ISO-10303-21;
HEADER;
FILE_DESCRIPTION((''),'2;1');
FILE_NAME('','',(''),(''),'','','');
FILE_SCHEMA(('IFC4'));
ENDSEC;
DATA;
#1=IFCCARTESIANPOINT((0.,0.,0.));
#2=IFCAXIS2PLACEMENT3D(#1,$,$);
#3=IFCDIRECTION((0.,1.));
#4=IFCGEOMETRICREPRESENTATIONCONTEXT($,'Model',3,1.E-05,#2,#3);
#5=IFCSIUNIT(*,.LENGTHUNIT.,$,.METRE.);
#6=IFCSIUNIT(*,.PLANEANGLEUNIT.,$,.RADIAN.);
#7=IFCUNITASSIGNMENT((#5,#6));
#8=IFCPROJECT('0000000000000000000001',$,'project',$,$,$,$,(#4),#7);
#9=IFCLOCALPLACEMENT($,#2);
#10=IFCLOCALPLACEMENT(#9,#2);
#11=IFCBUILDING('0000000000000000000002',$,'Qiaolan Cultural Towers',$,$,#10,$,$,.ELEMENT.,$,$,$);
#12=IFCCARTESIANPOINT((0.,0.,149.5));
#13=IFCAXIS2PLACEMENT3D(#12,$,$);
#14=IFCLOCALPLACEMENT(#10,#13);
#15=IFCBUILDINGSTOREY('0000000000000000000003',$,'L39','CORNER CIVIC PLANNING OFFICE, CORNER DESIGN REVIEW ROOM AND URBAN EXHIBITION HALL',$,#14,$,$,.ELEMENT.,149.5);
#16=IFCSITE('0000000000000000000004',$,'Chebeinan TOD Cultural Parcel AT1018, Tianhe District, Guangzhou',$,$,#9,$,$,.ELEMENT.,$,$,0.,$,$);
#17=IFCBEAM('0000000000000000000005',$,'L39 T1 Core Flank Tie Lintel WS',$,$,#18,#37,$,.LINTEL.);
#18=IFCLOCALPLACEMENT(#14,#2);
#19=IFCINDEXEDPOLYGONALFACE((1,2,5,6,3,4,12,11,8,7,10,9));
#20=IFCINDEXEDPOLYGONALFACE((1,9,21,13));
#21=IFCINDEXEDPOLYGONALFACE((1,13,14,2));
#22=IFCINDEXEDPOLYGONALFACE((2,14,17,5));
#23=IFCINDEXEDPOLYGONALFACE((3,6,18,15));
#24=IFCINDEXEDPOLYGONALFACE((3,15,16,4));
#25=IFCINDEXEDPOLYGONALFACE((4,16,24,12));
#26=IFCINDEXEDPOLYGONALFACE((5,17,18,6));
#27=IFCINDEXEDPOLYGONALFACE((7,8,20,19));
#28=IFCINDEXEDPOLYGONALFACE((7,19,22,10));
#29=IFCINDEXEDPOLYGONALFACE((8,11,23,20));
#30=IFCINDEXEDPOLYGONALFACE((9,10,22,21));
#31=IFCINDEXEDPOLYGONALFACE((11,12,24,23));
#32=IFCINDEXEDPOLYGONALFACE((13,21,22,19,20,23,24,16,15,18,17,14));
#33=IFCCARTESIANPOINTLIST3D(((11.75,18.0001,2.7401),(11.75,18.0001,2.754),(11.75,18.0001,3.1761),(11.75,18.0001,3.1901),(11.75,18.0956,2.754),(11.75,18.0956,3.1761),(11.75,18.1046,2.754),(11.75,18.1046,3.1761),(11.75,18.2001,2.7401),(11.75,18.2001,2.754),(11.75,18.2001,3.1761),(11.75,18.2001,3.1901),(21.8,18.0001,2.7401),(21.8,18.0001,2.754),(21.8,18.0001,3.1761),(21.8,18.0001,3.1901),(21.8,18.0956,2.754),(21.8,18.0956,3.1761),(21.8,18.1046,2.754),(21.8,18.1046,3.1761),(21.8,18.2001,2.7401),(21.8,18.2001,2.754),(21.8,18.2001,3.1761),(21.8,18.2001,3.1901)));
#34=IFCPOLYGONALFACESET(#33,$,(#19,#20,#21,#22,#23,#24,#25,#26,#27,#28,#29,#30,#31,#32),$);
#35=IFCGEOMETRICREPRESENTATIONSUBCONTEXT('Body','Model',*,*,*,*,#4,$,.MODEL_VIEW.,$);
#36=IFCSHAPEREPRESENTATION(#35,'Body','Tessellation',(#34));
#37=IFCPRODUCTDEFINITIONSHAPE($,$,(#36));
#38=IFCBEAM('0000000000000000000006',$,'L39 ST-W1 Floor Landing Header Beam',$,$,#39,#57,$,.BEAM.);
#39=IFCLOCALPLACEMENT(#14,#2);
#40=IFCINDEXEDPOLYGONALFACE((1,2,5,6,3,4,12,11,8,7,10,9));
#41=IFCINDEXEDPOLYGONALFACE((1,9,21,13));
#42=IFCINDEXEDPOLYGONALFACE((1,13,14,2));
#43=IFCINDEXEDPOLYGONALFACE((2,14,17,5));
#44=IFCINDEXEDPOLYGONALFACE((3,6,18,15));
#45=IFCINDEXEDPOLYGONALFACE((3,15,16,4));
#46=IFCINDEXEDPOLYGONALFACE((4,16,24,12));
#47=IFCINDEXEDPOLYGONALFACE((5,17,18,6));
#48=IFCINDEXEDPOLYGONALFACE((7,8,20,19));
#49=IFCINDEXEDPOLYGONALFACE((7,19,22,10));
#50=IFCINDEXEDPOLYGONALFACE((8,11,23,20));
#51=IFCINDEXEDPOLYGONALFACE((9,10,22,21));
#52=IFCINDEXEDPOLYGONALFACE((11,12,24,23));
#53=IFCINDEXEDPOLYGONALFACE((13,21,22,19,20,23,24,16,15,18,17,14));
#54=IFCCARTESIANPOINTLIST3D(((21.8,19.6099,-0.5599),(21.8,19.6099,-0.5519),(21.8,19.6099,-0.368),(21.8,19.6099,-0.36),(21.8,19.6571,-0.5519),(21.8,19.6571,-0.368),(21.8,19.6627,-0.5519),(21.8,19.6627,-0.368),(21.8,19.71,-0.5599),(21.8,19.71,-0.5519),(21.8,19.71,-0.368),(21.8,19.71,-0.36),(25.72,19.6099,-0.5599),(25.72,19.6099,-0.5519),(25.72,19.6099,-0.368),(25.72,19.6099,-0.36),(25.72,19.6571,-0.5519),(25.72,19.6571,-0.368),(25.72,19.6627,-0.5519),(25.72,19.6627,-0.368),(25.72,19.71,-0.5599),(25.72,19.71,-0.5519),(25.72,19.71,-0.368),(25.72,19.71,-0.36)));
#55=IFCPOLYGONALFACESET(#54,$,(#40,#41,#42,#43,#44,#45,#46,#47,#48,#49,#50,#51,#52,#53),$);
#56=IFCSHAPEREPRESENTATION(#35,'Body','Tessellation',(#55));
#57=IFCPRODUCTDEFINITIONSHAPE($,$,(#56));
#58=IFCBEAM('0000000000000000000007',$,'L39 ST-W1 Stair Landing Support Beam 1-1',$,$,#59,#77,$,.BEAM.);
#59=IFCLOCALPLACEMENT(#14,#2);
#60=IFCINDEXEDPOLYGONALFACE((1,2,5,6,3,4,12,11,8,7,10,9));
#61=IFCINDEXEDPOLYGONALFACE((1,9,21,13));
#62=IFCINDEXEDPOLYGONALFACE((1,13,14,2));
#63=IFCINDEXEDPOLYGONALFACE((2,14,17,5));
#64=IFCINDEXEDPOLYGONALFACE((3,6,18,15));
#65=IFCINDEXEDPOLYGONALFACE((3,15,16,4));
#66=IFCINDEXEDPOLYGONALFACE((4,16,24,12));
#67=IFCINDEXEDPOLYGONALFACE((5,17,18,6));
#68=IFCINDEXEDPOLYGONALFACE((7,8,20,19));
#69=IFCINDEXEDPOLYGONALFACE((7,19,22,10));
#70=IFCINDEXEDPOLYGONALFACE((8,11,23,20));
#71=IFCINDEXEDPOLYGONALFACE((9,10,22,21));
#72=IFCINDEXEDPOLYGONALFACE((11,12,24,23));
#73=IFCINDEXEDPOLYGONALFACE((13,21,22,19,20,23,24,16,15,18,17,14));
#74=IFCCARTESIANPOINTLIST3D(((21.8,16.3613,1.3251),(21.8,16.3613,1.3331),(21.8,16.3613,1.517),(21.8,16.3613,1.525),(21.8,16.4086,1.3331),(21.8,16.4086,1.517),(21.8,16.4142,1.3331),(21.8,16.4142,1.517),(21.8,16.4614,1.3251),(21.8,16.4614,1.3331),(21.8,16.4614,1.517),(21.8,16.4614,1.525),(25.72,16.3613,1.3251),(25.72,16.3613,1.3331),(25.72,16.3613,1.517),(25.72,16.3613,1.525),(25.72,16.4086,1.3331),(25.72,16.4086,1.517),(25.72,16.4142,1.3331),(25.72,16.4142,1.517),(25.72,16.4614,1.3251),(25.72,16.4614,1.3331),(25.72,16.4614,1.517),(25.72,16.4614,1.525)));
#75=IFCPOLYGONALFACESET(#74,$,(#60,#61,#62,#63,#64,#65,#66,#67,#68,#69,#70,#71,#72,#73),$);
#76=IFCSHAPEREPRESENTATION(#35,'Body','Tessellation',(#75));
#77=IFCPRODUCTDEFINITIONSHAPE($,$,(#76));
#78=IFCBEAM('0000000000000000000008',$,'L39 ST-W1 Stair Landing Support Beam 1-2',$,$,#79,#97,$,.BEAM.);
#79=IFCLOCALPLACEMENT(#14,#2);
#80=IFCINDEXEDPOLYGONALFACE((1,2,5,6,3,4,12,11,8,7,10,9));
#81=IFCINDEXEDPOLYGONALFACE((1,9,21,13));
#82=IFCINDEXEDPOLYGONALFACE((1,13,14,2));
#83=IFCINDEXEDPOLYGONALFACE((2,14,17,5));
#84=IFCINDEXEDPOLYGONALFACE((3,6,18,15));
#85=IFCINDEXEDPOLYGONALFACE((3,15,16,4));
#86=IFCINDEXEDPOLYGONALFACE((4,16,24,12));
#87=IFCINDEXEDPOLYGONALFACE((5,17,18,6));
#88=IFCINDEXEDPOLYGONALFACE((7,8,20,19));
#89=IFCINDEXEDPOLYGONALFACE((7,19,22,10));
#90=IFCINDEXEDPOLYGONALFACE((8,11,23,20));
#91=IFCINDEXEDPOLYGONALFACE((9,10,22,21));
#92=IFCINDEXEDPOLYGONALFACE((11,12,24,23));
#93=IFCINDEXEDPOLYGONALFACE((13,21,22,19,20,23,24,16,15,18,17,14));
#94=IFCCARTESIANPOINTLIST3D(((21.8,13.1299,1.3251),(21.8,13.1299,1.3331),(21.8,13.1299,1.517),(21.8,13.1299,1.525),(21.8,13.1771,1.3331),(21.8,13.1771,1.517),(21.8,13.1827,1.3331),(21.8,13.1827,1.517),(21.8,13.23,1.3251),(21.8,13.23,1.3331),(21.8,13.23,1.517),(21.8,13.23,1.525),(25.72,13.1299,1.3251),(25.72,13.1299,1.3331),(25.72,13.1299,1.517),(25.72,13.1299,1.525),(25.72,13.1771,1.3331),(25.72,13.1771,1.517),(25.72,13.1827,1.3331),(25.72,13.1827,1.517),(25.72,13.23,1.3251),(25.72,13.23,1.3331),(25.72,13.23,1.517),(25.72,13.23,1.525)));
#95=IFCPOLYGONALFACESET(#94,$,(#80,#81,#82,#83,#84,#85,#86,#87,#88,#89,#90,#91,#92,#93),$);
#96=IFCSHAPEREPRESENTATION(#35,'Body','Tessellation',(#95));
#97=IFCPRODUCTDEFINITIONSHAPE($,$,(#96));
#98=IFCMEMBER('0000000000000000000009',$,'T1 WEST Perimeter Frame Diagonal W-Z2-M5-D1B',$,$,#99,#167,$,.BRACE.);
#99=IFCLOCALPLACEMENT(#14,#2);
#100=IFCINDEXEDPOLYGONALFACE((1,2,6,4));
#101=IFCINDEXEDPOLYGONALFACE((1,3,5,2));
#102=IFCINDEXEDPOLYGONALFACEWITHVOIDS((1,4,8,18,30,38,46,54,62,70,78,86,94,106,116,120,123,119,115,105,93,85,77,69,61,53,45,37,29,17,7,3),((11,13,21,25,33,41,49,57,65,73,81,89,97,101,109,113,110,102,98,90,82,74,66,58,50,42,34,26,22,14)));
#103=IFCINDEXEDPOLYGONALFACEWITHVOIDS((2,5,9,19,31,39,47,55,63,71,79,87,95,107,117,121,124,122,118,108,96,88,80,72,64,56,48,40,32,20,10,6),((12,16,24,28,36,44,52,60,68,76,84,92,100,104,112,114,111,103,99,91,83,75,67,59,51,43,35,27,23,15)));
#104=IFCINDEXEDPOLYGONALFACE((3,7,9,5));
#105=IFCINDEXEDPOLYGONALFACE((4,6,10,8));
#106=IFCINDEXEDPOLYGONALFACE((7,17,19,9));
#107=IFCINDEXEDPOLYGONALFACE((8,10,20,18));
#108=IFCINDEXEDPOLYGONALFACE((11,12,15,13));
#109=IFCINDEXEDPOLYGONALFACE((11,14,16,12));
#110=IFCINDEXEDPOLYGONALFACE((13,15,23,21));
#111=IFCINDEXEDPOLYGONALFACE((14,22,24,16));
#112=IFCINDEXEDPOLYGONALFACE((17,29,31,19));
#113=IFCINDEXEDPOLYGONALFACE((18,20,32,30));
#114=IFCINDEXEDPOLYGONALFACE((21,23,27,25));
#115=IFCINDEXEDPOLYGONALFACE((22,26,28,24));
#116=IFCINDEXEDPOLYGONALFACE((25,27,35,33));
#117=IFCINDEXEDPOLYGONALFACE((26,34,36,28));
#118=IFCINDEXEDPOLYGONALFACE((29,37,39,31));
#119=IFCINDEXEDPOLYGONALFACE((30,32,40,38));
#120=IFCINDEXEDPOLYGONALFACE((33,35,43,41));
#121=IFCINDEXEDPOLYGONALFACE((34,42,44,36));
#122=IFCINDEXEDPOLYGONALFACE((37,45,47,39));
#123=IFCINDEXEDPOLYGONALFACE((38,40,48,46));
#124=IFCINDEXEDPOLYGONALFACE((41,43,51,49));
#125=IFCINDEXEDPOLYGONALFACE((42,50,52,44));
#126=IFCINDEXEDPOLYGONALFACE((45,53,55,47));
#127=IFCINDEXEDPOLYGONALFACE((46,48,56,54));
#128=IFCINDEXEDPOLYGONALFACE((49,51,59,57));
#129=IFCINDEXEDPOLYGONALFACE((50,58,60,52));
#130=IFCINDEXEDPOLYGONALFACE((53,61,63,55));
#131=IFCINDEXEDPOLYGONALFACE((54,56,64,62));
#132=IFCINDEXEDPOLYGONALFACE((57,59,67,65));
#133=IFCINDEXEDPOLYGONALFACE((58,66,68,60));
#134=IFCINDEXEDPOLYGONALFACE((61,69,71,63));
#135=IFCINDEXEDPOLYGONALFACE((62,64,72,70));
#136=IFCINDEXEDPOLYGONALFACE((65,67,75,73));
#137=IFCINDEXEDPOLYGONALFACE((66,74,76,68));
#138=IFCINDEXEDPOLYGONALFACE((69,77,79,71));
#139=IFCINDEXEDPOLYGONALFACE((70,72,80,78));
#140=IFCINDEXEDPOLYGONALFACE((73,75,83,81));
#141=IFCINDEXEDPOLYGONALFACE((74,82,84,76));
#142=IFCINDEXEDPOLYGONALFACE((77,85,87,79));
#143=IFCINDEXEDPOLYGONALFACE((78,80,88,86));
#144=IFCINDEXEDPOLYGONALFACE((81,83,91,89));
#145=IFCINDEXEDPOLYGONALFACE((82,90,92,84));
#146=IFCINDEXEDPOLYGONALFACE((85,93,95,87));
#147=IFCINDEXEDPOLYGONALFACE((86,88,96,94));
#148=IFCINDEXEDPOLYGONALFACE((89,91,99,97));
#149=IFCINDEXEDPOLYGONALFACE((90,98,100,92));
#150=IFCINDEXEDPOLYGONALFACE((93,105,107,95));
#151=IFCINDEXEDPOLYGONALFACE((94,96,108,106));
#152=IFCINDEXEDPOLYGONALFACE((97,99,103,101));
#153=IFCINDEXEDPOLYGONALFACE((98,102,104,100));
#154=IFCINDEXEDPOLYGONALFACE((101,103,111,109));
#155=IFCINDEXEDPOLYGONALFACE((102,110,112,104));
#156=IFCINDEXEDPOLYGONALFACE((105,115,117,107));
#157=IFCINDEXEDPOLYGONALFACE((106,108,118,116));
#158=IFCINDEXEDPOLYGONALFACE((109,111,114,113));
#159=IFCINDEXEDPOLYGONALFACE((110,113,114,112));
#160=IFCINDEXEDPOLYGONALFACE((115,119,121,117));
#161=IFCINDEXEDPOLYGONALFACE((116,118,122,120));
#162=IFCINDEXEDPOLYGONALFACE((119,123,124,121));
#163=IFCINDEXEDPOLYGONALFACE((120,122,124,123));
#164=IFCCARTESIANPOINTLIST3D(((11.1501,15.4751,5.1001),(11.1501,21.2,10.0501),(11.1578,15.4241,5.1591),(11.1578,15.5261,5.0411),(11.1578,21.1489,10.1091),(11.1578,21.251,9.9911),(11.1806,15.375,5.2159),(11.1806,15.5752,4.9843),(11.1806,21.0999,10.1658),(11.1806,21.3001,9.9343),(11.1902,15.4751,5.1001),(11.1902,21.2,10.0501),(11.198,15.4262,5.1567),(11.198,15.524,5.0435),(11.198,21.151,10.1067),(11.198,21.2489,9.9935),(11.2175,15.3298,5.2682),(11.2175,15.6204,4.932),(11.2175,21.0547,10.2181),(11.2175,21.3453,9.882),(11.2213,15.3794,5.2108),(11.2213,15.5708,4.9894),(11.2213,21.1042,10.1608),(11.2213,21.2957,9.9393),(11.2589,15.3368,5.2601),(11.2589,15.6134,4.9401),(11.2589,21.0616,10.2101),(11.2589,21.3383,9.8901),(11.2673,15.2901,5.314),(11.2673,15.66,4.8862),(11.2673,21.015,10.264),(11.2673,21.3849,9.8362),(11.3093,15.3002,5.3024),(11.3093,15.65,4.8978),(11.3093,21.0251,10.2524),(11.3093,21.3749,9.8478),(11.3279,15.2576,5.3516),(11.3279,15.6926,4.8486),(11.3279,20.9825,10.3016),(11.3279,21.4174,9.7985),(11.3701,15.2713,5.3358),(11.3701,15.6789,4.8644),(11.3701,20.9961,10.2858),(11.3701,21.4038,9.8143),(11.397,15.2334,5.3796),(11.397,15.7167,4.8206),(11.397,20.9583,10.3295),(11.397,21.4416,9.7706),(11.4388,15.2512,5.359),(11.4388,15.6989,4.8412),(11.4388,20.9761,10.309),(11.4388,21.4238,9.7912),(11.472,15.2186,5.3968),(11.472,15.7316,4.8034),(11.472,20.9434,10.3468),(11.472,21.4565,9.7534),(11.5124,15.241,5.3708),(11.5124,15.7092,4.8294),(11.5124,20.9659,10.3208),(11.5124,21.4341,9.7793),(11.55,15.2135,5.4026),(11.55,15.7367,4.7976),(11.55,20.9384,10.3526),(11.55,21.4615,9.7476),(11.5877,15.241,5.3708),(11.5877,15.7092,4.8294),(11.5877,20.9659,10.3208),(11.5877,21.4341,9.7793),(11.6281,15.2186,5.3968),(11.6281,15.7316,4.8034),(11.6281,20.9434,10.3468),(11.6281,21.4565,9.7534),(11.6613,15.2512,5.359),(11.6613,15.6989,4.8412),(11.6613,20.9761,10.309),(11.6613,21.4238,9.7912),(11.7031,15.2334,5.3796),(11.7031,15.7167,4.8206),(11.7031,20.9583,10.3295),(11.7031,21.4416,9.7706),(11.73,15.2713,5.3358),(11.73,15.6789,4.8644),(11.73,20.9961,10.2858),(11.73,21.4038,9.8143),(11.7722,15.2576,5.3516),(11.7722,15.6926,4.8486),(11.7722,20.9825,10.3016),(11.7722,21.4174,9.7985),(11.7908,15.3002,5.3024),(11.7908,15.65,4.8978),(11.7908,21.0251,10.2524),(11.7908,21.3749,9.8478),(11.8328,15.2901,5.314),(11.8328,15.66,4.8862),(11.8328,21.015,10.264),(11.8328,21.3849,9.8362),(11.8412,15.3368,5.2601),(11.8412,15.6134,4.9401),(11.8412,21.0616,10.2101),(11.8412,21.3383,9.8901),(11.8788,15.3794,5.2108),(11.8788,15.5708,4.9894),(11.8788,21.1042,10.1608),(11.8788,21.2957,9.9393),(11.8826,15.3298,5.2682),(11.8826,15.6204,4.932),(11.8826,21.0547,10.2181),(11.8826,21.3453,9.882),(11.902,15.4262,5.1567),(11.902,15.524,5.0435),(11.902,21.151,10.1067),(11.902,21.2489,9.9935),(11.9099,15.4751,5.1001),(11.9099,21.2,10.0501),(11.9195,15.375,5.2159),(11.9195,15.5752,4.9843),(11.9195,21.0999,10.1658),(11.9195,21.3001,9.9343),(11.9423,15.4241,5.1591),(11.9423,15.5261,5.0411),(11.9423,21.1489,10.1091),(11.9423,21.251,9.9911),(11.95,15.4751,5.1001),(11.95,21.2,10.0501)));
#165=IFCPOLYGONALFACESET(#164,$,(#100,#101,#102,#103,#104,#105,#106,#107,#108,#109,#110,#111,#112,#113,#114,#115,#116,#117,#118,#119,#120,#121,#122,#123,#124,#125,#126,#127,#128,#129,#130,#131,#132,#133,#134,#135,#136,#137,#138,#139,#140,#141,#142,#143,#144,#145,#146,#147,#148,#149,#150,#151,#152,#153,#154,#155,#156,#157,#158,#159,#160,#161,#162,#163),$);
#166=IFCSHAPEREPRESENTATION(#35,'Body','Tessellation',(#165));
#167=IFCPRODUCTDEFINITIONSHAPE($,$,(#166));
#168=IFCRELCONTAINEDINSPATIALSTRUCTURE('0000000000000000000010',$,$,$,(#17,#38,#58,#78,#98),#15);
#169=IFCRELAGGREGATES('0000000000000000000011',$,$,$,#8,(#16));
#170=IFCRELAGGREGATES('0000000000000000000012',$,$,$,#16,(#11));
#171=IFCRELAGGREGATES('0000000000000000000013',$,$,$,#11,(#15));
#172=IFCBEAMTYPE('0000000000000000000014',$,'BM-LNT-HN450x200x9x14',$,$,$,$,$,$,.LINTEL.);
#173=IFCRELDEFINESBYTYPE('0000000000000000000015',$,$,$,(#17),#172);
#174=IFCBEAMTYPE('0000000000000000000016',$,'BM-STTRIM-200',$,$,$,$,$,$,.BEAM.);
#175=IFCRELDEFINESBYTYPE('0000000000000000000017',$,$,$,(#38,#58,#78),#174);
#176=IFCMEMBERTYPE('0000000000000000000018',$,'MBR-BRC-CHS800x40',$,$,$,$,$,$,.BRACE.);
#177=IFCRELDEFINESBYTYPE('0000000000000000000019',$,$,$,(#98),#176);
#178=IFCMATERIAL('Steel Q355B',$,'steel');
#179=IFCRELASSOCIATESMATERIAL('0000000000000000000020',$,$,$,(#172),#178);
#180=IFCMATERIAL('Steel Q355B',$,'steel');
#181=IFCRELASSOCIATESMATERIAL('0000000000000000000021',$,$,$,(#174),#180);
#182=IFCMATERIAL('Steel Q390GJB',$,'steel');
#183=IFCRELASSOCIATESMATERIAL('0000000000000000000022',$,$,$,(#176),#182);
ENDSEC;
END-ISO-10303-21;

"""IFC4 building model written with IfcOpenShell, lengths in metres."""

from ifc_helpers import new_model, si_unit, direction, frame, origin, origin_2d, place, context, subcontext, project, spatial, hollow_circle, i_section, extrude, material, material_profile, profile_set, type_object, element, save


model = new_model("IFC4")

# Units and contexts
model_context = context("Model", 3, precision=1e-05, world=origin(), true_north=direction((0.0, 1.0)))
body_context = subcontext(model_context, "Body", "Model", "MODEL_VIEW")
ifc_project = project(units=[si_unit("LENGTHUNIT", "METRE"), si_unit("PLANEANGLEUNIT", "RADIAN")], contexts=[model_context])

# Site, building, storey
site_placement = place(None, origin())
site = spatial("IfcSite", under=ifc_project, at=site_placement, Name="Chebeinan TOD Cultural Parcel AT1018, Tianhe District, Guangzhou", CompositionType="ELEMENT", RefElevation=0.0)
building_placement = place(site_placement, origin())
building = spatial("IfcBuilding", under=site, at=building_placement, Name="Qiaolan Cultural Towers", CompositionType="ELEMENT")
storey_placement = place(building_placement, frame((0.0, 0.0, 149.5)))
storey = spatial("IfcBuildingStorey", under=building, at=storey_placement, Name="L39", Description="CORNER CIVIC PLANNING OFFICE, CORNER DESIGN REVIEW ROOM AND URBAN EXHIBITION HALL", CompositionType="ELEMENT", Elevation=149.5)

# Beams
ifc_material_1 = material(Name="Steel Q355B", Category="steel")
ifc_material_profile_1 = material_profile(ifc_material_1, i_section(OverallWidth=0.2, OverallDepth=0.45, WebThickness=0.009, FlangeThickness=0.0139, at=origin_2d()), Name="HN450x200x9x14")
ifc_profile_set_1 = profile_set([ifc_material_profile_1], Name="Steel Q355B")
beam_type_1 = type_object("IfcBeamType", Name="BM-LNT-HN450x200x9x14", PredefinedType="LINTEL", material=ifc_profile_set_1)
beam_placement = place(storey_placement, frame((21.8, 18.1001, 2.9651), z_axis=(-1.0, 0.0, 0.0), x_axis=(0.0, -1.0, 0.0)))
element("IfcBeam", 1, at=beam_placement, inside=storey, type_object=beam_type_1, Name="L39 T1 Core Flank Tie Lintel WS", PredefinedType="LINTEL", context=body_context, shape_type="SweptSolid", body=[
    extrude(i_section(OverallWidth=0.2, OverallDepth=0.45, WebThickness=0.009, FlangeThickness=0.0139, at=origin_2d()), origin(), (0.0, 0.0, 1.0), 10.05),
])
ifc_material_2 = material(Name="Steel Q355B", Category="steel")
ifc_material_profile_2 = material_profile(ifc_material_2, i_section(OverallWidth=0.1001, OverallDepth=0.2, WebThickness=0.0056, FlangeThickness=0.0081, at=origin_2d()), Name="HN200x100x5.5x8")
ifc_profile_set_2 = profile_set([ifc_material_profile_2], Name="Steel Q355B")
beam_type_2 = type_object("IfcBeamType", Name="BM-STTRIM-200", PredefinedType="BEAM", material=ifc_profile_set_2)
for number, where, z_axis, x_axis, name in (
    (2, (21.8, 19.6599, -0.46), (1.0, 0.0, 0.0), (0.0, 1.0, 0.0), "L39 ST-W1 Floor Landing Header Beam"),
    (3, (21.8, 16.4114, 1.425), (1.0, 0.0, 0.0), (0.0, 1.0, 0.0), "L39 ST-W1 Stair Landing Support Beam 1-1"),
    (4, (21.8, 13.1799, 1.425), (1.0, 0.0, 0.0), (0.0, 1.0, 0.0), "L39 ST-W1 Stair Landing Support Beam 1-2"),
):
    element("IfcBeam", number, at=place(storey_placement, frame(where, z_axis=z_axis, x_axis=x_axis)), inside=storey, type_object=beam_type_2, Name=name, PredefinedType="BEAM", context=body_context, shape_type="SweptSolid", body=[
        extrude(i_section(OverallWidth=0.1001, OverallDepth=0.2, WebThickness=0.0056, FlangeThickness=0.0081, at=origin_2d()), origin(), (0.0, 0.0, 1.0), 3.9199),
    ])

# Member
ifc_material_3 = material(Name="Steel Q390GJB", Category="steel")
ifc_material_profile_3 = material_profile(ifc_material_3, hollow_circle(Radius=0.3999, WallThickness=0.04, at=origin_2d()), Name="CHS800x40")
ifc_profile_set_3 = profile_set([ifc_material_profile_3], Name="Steel Q390GJB")
member_type = type_object("IfcMemberType", Name="MBR-BRC-CHS800x40", PredefinedType="BRACE", material=ifc_profile_set_3)
member_placement = place(storey_placement, frame((11.55, 15.4751, 5.1001), z_axis=(0.0, 0.756446, 0.654056), x_axis=(-1.0, 0.0, 0.0)))
element("IfcMember", 5, at=member_placement, inside=storey, type_object=member_type, Name="T1 WEST Perimeter Frame Diagonal W-Z2-M5-D1B", PredefinedType="BRACE", context=body_context, shape_type="SweptSolid", body=[
    extrude(hollow_circle(Radius=0.3999, WallThickness=0.04, at=origin_2d()), origin(), (0.0, 0.0, 1.0), 7.5681),
])

save(model, "model.ifc")
